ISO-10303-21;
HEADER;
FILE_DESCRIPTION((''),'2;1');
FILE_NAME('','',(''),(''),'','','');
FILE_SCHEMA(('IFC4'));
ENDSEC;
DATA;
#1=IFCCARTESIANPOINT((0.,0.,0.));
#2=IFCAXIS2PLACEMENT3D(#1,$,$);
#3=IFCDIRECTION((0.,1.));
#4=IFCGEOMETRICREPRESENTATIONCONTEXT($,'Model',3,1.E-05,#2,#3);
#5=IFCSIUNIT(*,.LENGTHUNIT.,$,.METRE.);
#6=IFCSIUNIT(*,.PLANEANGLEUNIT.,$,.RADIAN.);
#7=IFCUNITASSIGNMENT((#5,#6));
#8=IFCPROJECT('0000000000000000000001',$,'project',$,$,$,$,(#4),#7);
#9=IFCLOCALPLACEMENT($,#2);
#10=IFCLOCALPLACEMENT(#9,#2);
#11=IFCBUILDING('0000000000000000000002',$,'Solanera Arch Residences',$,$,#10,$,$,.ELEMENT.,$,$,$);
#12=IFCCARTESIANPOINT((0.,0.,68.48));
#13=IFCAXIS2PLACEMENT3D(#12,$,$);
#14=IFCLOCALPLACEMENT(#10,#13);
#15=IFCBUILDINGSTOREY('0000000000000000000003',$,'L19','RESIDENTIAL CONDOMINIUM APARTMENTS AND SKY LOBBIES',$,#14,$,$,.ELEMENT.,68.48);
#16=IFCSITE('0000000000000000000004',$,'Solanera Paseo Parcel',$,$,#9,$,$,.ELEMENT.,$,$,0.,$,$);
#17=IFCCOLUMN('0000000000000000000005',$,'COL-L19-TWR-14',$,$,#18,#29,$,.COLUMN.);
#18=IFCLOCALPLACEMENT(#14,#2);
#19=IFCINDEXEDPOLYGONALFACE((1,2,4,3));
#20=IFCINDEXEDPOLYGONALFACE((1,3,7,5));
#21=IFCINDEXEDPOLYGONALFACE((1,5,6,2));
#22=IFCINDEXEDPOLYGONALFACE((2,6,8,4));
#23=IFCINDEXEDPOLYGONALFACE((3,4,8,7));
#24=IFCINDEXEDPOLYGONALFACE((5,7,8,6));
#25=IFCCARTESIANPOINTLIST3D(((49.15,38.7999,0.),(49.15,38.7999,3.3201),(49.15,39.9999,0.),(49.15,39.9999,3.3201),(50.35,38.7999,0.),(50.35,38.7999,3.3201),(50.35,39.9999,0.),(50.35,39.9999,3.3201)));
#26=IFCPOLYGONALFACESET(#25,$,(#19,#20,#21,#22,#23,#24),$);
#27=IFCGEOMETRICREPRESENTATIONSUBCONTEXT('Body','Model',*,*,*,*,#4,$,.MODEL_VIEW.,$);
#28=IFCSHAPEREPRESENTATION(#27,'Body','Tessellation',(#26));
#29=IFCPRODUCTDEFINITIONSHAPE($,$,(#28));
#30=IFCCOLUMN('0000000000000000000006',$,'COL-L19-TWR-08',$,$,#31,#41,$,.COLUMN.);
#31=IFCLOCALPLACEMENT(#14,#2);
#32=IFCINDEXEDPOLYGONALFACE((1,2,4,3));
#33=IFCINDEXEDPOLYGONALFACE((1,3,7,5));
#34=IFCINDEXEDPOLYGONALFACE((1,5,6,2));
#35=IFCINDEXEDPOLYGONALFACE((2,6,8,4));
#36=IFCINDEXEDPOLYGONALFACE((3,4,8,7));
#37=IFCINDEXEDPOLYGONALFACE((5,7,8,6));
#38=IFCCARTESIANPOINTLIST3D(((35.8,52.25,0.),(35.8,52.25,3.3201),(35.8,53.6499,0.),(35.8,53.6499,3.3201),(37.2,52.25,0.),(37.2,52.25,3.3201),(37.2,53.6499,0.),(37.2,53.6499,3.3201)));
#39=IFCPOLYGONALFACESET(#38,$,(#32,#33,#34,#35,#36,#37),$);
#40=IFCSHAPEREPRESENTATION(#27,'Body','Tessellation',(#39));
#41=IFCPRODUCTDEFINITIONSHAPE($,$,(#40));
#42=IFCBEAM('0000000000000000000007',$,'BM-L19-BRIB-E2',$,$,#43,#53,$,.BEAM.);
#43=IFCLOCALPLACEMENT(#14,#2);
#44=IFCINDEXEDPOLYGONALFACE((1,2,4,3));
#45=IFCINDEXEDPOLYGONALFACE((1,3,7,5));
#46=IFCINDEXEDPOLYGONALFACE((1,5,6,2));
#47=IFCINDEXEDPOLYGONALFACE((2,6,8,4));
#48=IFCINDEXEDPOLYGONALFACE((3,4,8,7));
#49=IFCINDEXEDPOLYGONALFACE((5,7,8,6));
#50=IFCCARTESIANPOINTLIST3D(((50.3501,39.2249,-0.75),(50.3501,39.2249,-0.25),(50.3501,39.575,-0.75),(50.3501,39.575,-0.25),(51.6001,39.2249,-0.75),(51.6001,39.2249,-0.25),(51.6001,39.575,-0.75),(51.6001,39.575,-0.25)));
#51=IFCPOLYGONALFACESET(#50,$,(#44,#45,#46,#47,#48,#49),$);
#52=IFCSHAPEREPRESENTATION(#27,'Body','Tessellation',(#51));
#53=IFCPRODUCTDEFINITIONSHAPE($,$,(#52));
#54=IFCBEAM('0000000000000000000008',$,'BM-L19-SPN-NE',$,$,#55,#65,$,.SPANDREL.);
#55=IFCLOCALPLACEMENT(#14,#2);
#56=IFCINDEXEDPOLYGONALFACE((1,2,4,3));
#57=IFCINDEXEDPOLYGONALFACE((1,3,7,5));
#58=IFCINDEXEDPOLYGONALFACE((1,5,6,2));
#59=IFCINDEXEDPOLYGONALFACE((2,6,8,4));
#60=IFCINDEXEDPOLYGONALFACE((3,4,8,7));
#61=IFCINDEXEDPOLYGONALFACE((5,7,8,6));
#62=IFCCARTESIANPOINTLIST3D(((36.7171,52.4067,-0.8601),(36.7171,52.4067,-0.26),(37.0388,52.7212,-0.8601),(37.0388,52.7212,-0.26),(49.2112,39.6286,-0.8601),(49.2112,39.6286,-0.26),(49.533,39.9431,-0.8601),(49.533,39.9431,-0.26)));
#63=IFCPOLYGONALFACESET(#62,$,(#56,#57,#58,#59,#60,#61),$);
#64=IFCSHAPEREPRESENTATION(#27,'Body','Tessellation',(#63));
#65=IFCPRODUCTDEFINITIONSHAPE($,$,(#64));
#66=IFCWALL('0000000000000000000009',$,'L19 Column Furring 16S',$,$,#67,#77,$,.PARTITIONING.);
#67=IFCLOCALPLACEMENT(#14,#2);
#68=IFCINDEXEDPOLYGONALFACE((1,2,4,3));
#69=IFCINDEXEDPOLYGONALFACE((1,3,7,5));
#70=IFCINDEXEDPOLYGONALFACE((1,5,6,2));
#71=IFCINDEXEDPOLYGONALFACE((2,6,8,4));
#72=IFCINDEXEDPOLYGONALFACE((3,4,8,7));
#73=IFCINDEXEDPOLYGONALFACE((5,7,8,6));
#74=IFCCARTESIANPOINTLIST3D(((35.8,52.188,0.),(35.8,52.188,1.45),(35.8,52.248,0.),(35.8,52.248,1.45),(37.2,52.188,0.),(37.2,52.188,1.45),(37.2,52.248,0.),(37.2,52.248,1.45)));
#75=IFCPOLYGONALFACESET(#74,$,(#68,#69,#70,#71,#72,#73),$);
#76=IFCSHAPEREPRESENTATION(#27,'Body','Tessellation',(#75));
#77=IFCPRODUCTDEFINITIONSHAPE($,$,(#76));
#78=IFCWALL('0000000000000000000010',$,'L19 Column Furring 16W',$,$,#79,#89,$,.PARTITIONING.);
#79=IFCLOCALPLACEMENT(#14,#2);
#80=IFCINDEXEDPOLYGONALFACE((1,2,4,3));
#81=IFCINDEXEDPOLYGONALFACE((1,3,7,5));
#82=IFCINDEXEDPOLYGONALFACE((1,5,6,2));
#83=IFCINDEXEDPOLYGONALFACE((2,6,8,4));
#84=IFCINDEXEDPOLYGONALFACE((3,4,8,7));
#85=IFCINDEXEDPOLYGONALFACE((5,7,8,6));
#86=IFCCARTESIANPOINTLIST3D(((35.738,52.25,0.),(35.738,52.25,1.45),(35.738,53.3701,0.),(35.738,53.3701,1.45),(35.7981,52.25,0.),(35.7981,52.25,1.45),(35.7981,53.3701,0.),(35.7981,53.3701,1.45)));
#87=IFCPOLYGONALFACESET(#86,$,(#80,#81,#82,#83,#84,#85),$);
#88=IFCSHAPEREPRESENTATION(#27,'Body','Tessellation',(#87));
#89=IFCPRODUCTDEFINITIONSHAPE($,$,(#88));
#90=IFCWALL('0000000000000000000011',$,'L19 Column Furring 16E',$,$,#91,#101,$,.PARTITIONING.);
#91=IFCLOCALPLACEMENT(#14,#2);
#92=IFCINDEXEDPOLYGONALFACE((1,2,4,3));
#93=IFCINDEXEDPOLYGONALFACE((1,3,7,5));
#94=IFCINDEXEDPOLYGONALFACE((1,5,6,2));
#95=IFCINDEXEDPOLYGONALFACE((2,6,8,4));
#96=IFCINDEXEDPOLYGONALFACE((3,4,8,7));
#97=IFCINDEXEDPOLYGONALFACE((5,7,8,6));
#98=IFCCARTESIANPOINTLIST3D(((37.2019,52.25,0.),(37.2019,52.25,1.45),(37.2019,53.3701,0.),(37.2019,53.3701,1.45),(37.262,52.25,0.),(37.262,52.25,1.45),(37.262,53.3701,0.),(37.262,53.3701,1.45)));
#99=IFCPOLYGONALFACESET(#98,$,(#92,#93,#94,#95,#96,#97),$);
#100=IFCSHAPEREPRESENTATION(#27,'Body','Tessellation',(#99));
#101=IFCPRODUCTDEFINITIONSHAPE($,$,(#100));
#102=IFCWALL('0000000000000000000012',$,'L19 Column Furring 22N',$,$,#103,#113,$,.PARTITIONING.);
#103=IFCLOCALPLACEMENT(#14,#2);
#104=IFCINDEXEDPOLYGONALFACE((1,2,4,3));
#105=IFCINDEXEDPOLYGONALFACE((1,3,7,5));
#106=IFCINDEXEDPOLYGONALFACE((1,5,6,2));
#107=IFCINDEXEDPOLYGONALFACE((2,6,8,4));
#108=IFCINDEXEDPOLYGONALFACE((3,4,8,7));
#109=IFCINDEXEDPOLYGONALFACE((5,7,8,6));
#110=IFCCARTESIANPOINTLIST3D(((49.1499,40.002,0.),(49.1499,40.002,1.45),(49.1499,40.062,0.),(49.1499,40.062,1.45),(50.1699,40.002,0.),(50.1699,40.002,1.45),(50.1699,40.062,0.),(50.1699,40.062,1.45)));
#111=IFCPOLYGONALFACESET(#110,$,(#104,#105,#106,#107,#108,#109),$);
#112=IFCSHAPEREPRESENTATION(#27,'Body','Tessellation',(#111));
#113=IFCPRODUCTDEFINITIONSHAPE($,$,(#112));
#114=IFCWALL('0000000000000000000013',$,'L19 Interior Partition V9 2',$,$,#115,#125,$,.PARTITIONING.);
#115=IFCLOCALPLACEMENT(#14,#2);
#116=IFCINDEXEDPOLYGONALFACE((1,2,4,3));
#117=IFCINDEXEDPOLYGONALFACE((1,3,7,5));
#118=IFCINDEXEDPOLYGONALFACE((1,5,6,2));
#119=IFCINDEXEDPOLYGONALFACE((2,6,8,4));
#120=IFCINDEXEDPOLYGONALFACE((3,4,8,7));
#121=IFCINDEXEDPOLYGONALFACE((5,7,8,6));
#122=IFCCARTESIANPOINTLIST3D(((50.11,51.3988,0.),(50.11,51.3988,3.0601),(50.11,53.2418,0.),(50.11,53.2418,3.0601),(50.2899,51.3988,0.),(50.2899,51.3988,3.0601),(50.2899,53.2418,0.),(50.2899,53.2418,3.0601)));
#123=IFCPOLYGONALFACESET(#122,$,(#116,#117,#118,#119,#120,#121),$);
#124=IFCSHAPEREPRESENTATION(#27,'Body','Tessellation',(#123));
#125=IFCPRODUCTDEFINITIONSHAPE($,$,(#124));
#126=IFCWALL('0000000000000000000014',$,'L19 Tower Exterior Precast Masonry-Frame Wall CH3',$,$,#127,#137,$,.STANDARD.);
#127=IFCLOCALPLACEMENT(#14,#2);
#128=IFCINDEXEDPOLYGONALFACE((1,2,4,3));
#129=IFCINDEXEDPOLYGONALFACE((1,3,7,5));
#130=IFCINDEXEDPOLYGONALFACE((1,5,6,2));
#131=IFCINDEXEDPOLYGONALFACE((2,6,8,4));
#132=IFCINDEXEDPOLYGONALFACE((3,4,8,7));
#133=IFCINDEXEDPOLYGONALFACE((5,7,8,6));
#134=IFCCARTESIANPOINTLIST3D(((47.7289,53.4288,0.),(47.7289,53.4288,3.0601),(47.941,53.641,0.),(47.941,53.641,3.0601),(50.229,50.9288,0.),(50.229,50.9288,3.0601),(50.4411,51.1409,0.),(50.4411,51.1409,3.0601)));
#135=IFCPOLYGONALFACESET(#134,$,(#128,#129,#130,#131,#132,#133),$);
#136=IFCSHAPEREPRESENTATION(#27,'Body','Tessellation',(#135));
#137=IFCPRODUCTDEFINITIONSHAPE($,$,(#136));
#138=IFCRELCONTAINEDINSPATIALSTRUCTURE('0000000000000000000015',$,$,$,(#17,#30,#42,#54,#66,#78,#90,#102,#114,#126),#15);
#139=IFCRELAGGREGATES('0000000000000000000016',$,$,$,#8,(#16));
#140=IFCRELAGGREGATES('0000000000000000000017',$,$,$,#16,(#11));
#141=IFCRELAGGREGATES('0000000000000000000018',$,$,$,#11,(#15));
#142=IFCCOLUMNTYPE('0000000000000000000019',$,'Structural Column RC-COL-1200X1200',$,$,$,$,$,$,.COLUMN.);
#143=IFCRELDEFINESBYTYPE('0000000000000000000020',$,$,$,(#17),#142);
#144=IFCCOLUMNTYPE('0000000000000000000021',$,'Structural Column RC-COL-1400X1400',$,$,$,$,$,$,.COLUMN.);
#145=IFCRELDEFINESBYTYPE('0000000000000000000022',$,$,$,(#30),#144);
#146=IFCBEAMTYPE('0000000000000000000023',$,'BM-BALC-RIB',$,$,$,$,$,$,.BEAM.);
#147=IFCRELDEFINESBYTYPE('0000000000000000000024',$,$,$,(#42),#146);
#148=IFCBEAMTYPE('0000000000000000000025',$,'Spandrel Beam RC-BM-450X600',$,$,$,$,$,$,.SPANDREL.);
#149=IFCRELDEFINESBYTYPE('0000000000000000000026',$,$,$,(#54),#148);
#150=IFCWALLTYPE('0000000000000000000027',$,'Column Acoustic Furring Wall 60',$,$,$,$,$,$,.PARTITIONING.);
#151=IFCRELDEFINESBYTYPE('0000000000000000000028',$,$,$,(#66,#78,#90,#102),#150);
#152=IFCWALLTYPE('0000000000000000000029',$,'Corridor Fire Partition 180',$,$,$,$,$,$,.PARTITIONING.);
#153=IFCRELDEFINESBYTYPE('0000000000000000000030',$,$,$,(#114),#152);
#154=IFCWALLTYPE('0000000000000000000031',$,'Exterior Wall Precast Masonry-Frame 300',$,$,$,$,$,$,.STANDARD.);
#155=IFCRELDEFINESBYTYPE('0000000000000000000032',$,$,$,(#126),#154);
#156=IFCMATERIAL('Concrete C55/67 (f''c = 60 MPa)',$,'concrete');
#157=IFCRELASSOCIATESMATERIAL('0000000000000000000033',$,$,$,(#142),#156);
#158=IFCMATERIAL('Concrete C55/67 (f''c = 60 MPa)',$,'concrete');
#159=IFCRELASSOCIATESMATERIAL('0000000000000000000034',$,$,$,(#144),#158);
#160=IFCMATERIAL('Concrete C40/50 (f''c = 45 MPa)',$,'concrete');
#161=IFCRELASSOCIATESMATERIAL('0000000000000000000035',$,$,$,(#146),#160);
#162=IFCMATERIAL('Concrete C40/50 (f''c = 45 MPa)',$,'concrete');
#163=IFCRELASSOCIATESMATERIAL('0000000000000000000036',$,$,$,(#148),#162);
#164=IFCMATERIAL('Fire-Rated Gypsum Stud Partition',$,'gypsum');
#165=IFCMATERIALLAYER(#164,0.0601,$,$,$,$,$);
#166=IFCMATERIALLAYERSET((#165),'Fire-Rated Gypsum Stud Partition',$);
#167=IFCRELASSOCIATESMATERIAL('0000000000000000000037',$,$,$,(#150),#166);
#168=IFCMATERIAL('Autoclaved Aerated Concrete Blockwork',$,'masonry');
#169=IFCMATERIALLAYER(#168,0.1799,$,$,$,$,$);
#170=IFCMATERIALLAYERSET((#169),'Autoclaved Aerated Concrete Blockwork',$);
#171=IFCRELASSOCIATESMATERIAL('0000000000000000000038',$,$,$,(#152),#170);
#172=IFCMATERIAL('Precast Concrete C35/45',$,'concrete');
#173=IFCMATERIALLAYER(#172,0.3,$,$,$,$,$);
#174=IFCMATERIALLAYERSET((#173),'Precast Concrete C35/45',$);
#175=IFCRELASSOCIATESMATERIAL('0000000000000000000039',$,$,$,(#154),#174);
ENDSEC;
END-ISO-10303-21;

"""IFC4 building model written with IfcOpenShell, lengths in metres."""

from ifc_helpers import new_model, si_unit, direction, frame, frame_2d, origin, origin_2d, place, context, subcontext, project, spatial, rectangle, extrude, material, layer, layer_set, material_profile, profile_set, type_object, element, save


model = new_model("IFC4")

# Units and contexts
model_context = context("Model", 3, precision=1e-05, world=origin(), true_north=direction((0.0, 1.0)))
body_context = subcontext(model_context, "Body", "Model", "MODEL_VIEW")
ifc_project = project(units=[si_unit("LENGTHUNIT", "METRE"), si_unit("PLANEANGLEUNIT", "RADIAN")], contexts=[model_context])

# Site, building, storey
site_placement = place(None, origin())
site = spatial("IfcSite", under=ifc_project, at=site_placement, Name="Solanera Paseo Parcel", CompositionType="ELEMENT", RefElevation=0.0)
building_placement = place(site_placement, origin())
building = spatial("IfcBuilding", under=site, at=building_placement, Name="Solanera Arch Residences", CompositionType="ELEMENT")
storey_placement = place(building_placement, frame((0.0, 0.0, 68.48)))
storey = spatial("IfcBuildingStorey", under=building, at=storey_placement, Name="L19", Description="RESIDENTIAL CONDOMINIUM APARTMENTS AND SKY LOBBIES", CompositionType="ELEMENT", Elevation=68.48)

# Columns
ifc_material_1 = material(Name="Concrete C55/67 (f'c = 60 MPa)", Category="concrete")
ifc_material_profile_1 = material_profile(ifc_material_1, rectangle(XDim=1.2, YDim=1.2, at=origin_2d()))
ifc_profile_set_1 = profile_set([ifc_material_profile_1], Name="Concrete C55/67 (f'c = 60 MPa)")
column_type_1 = type_object("IfcColumnType", Name="Structural Column RC-COL-1200X1200", PredefinedType="COLUMN", material=ifc_profile_set_1)
column_1_placement = place(storey_placement, frame((49.75, 39.3999, 0.0), z_axis=(0.0, 0.0, 1.0), x_axis=(1.0, 0.0, 0.0)))
element("IfcColumn", 1, at=column_1_placement, inside=storey, type_object=column_type_1, Name="COL-L19-TWR-14", PredefinedType="COLUMN", context=body_context, shape_type="SweptSolid", body=[
    extrude(rectangle(XDim=1.2, YDim=1.2, at=origin_2d()), origin(), (0.0, 0.0, 1.0), 3.3201),
])
ifc_material_2 = material(Name="Concrete C55/67 (f'c = 60 MPa)", Category="concrete")
ifc_material_profile_2 = material_profile(ifc_material_2, rectangle(XDim=1.3999, YDim=1.3999, at=origin_2d()))
ifc_profile_set_2 = profile_set([ifc_material_profile_2], Name="Concrete C55/67 (f'c = 60 MPa)")
column_type_2 = type_object("IfcColumnType", Name="Structural Column RC-COL-1400X1400", PredefinedType="COLUMN", material=ifc_profile_set_2)
column_2_placement = place(storey_placement, frame((36.5, 52.95, 0.0), z_axis=(0.0, 0.0, 1.0), x_axis=(1.0, 0.0, 0.0)))
element("IfcColumn", 2, at=column_2_placement, inside=storey, type_object=column_type_2, Name="COL-L19-TWR-08", PredefinedType="COLUMN", context=body_context, shape_type="SweptSolid", body=[
    extrude(rectangle(XDim=1.3999, YDim=1.3999, at=origin_2d()), origin(), (0.0, 0.0, 1.0), 3.3201),
])

# Beams
ifc_material_3 = material(Name="Concrete C40/50 (f'c = 45 MPa)", Category="concrete")
ifc_material_profile_3 = material_profile(ifc_material_3, rectangle(XDim=0.3501, YDim=0.5, at=origin_2d()))
ifc_profile_set_3 = profile_set([ifc_material_profile_3], Name="Concrete C40/50 (f'c = 45 MPa)")
beam_type_1 = type_object("IfcBeamType", Name="BM-BALC-RIB", PredefinedType="BEAM", material=ifc_profile_set_3)
beam_1_placement = place(storey_placement, frame((50.3501, 39.3999, -0.5), z_axis=(1.0, 0.0, 0.0), x_axis=(0.0, 1.0, 0.0)))
element("IfcBeam", 3, at=beam_1_placement, inside=storey, type_object=beam_type_1, Name="BM-L19-BRIB-E2", PredefinedType="BEAM", context=body_context, shape_type="SweptSolid", body=[
    extrude(rectangle(XDim=0.3501, YDim=0.5, at=origin_2d()), origin(), (0.0, 0.0, 1.0), 1.25),
])
ifc_material_4 = material(Name="Concrete C40/50 (f'c = 45 MPa)", Category="concrete")
ifc_material_profile_4 = material_profile(ifc_material_4, rectangle(XDim=0.45, YDim=0.6001, at=origin_2d()))
ifc_profile_set_4 = profile_set([ifc_material_profile_4], Name="Concrete C40/50 (f'c = 45 MPa)")
beam_type_2 = type_object("IfcBeamType", Name="Spandrel Beam RC-BM-450X600", PredefinedType="SPANDREL", material=ifc_profile_set_4)
beam_2_placement = place(storey_placement, frame((36.8779, 52.564, -0.5601), z_axis=(0.699118, -0.715006, 0.0), x_axis=(0.715006, 0.699118, 0.0)))
element("IfcBeam", 4, at=beam_2_placement, inside=storey, type_object=beam_type_2, Name="BM-L19-SPN-NE", PredefinedType="SPANDREL", context=body_context, shape_type="SweptSolid", body=[
    extrude(rectangle(XDim=0.45, YDim=0.6001, at=origin_2d()), origin(), (0.0, 0.0, 1.0), 17.8713),
])

# Walls
ifc_material_5 = material(Name="Fire-Rated Gypsum Stud Partition", Category="gypsum")
ifc_layer_1 = layer(ifc_material_5, 0.0601)
ifc_layer_set_1 = layer_set([ifc_layer_1], Name="Fire-Rated Gypsum Stud Partition")
wall_type_1 = type_object("IfcWallType", Name="Column Acoustic Furring Wall 60", PredefinedType="PARTITIONING", material=ifc_layer_set_1)
wall_1_placement = place(storey_placement, frame((35.8, 52.218, 0.0), z_axis=(0.0, 0.0, 1.0), x_axis=(1.0, 0.0, 0.0)))
element("IfcWall", 5, at=wall_1_placement, inside=storey, type_object=wall_type_1, Name="L19 Column Furring 16S", PredefinedType="PARTITIONING", context=body_context, shape_type="SweptSolid", body=[
    extrude(rectangle(XDim=1.3999, YDim=0.0601, at=frame_2d((0.7, 0.0))), origin(), (0.0, 0.0, 1.0), 1.45),
])
for number, where, z_axis, x_axis, name in (
    (6, (35.7681, 52.25, 0.0), (0.0, 0.0, 1.0), (0.0, 1.0, 0.0), "L19 Column Furring 16W"),
    (7, (37.2319, 52.25, 0.0), (0.0, 0.0, 1.0), (0.0, 1.0, 0.0), "L19 Column Furring 16E"),
):
    element("IfcWall", number, at=place(storey_placement, frame(where, z_axis=z_axis, x_axis=x_axis)), inside=storey, type_object=wall_type_1, Name=name, PredefinedType="PARTITIONING", context=body_context, shape_type="SweptSolid", body=[
        extrude(rectangle(XDim=1.1201, YDim=0.0601, at=frame_2d((0.5601, 0.0))), origin(), (0.0, 0.0, 1.0), 1.45),
    ])
wall_2_placement = place(storey_placement, frame((49.1499, 40.032, 0.0), z_axis=(0.0, 0.0, 1.0), x_axis=(1.0, 0.0, 0.0)))
element("IfcWall", 8, at=wall_2_placement, inside=storey, type_object=wall_type_1, Name="L19 Column Furring 22N", PredefinedType="PARTITIONING", context=body_context, shape_type="SweptSolid", body=[
    extrude(rectangle(XDim=1.02, YDim=0.0601, at=frame_2d((0.51, 0.0))), origin(), (0.0, 0.0, 1.0), 1.45),
])
ifc_material_6 = material(Name="Autoclaved Aerated Concrete Blockwork", Category="masonry")
ifc_layer_2 = layer(ifc_material_6, 0.1799)
ifc_layer_set_2 = layer_set([ifc_layer_2], Name="Autoclaved Aerated Concrete Blockwork")
wall_type_2 = type_object("IfcWallType", Name="Corridor Fire Partition 180", PredefinedType="PARTITIONING", material=ifc_layer_set_2)
wall_3_placement = place(storey_placement, frame((50.2, 51.3989, 0.0), z_axis=(0.0, 0.0, 1.0), x_axis=(0.0, 1.0, 0.0)))
element("IfcWall", 9, at=wall_3_placement, inside=storey, type_object=wall_type_2, Name="L19 Interior Partition V9 2", PredefinedType="PARTITIONING", context=body_context, shape_type="SweptSolid", body=[
    extrude(rectangle(XDim=1.843, YDim=0.1799, at=frame_2d((0.9214, 0.0))), origin(), (0.0, 0.0, 1.0), 3.0601),
])
ifc_material_7 = material(Name="Precast Concrete C35/45", Category="concrete")
ifc_layer_3 = layer(ifc_material_7, 0.3)
ifc_layer_set_3 = layer_set([ifc_layer_3], Name="Precast Concrete C35/45")
wall_type_3 = type_object("IfcWallType", Name="Exterior Wall Precast Masonry-Frame 300", PredefinedType="STANDARD", material=ifc_layer_set_3)
wall_4_placement = place(storey_placement, frame((47.835, 53.5349, 0.0), z_axis=(0.0, 0.0, 1.0), x_axis=(0.707107, -0.707107, 0.0)))
element("IfcWall", 10, at=wall_4_placement, inside=storey, type_object=wall_type_3, Name="L19 Tower Exterior Precast Masonry-Frame Wall CH3", PredefinedType="STANDARD", context=body_context, shape_type="SweptSolid", body=[
    extrude(rectangle(XDim=3.5356, YDim=0.3, at=frame_2d((1.7678, 0.0))), origin(), (0.0, 0.0, 1.0), 3.0601),
])

save(model, "model.ifc")
